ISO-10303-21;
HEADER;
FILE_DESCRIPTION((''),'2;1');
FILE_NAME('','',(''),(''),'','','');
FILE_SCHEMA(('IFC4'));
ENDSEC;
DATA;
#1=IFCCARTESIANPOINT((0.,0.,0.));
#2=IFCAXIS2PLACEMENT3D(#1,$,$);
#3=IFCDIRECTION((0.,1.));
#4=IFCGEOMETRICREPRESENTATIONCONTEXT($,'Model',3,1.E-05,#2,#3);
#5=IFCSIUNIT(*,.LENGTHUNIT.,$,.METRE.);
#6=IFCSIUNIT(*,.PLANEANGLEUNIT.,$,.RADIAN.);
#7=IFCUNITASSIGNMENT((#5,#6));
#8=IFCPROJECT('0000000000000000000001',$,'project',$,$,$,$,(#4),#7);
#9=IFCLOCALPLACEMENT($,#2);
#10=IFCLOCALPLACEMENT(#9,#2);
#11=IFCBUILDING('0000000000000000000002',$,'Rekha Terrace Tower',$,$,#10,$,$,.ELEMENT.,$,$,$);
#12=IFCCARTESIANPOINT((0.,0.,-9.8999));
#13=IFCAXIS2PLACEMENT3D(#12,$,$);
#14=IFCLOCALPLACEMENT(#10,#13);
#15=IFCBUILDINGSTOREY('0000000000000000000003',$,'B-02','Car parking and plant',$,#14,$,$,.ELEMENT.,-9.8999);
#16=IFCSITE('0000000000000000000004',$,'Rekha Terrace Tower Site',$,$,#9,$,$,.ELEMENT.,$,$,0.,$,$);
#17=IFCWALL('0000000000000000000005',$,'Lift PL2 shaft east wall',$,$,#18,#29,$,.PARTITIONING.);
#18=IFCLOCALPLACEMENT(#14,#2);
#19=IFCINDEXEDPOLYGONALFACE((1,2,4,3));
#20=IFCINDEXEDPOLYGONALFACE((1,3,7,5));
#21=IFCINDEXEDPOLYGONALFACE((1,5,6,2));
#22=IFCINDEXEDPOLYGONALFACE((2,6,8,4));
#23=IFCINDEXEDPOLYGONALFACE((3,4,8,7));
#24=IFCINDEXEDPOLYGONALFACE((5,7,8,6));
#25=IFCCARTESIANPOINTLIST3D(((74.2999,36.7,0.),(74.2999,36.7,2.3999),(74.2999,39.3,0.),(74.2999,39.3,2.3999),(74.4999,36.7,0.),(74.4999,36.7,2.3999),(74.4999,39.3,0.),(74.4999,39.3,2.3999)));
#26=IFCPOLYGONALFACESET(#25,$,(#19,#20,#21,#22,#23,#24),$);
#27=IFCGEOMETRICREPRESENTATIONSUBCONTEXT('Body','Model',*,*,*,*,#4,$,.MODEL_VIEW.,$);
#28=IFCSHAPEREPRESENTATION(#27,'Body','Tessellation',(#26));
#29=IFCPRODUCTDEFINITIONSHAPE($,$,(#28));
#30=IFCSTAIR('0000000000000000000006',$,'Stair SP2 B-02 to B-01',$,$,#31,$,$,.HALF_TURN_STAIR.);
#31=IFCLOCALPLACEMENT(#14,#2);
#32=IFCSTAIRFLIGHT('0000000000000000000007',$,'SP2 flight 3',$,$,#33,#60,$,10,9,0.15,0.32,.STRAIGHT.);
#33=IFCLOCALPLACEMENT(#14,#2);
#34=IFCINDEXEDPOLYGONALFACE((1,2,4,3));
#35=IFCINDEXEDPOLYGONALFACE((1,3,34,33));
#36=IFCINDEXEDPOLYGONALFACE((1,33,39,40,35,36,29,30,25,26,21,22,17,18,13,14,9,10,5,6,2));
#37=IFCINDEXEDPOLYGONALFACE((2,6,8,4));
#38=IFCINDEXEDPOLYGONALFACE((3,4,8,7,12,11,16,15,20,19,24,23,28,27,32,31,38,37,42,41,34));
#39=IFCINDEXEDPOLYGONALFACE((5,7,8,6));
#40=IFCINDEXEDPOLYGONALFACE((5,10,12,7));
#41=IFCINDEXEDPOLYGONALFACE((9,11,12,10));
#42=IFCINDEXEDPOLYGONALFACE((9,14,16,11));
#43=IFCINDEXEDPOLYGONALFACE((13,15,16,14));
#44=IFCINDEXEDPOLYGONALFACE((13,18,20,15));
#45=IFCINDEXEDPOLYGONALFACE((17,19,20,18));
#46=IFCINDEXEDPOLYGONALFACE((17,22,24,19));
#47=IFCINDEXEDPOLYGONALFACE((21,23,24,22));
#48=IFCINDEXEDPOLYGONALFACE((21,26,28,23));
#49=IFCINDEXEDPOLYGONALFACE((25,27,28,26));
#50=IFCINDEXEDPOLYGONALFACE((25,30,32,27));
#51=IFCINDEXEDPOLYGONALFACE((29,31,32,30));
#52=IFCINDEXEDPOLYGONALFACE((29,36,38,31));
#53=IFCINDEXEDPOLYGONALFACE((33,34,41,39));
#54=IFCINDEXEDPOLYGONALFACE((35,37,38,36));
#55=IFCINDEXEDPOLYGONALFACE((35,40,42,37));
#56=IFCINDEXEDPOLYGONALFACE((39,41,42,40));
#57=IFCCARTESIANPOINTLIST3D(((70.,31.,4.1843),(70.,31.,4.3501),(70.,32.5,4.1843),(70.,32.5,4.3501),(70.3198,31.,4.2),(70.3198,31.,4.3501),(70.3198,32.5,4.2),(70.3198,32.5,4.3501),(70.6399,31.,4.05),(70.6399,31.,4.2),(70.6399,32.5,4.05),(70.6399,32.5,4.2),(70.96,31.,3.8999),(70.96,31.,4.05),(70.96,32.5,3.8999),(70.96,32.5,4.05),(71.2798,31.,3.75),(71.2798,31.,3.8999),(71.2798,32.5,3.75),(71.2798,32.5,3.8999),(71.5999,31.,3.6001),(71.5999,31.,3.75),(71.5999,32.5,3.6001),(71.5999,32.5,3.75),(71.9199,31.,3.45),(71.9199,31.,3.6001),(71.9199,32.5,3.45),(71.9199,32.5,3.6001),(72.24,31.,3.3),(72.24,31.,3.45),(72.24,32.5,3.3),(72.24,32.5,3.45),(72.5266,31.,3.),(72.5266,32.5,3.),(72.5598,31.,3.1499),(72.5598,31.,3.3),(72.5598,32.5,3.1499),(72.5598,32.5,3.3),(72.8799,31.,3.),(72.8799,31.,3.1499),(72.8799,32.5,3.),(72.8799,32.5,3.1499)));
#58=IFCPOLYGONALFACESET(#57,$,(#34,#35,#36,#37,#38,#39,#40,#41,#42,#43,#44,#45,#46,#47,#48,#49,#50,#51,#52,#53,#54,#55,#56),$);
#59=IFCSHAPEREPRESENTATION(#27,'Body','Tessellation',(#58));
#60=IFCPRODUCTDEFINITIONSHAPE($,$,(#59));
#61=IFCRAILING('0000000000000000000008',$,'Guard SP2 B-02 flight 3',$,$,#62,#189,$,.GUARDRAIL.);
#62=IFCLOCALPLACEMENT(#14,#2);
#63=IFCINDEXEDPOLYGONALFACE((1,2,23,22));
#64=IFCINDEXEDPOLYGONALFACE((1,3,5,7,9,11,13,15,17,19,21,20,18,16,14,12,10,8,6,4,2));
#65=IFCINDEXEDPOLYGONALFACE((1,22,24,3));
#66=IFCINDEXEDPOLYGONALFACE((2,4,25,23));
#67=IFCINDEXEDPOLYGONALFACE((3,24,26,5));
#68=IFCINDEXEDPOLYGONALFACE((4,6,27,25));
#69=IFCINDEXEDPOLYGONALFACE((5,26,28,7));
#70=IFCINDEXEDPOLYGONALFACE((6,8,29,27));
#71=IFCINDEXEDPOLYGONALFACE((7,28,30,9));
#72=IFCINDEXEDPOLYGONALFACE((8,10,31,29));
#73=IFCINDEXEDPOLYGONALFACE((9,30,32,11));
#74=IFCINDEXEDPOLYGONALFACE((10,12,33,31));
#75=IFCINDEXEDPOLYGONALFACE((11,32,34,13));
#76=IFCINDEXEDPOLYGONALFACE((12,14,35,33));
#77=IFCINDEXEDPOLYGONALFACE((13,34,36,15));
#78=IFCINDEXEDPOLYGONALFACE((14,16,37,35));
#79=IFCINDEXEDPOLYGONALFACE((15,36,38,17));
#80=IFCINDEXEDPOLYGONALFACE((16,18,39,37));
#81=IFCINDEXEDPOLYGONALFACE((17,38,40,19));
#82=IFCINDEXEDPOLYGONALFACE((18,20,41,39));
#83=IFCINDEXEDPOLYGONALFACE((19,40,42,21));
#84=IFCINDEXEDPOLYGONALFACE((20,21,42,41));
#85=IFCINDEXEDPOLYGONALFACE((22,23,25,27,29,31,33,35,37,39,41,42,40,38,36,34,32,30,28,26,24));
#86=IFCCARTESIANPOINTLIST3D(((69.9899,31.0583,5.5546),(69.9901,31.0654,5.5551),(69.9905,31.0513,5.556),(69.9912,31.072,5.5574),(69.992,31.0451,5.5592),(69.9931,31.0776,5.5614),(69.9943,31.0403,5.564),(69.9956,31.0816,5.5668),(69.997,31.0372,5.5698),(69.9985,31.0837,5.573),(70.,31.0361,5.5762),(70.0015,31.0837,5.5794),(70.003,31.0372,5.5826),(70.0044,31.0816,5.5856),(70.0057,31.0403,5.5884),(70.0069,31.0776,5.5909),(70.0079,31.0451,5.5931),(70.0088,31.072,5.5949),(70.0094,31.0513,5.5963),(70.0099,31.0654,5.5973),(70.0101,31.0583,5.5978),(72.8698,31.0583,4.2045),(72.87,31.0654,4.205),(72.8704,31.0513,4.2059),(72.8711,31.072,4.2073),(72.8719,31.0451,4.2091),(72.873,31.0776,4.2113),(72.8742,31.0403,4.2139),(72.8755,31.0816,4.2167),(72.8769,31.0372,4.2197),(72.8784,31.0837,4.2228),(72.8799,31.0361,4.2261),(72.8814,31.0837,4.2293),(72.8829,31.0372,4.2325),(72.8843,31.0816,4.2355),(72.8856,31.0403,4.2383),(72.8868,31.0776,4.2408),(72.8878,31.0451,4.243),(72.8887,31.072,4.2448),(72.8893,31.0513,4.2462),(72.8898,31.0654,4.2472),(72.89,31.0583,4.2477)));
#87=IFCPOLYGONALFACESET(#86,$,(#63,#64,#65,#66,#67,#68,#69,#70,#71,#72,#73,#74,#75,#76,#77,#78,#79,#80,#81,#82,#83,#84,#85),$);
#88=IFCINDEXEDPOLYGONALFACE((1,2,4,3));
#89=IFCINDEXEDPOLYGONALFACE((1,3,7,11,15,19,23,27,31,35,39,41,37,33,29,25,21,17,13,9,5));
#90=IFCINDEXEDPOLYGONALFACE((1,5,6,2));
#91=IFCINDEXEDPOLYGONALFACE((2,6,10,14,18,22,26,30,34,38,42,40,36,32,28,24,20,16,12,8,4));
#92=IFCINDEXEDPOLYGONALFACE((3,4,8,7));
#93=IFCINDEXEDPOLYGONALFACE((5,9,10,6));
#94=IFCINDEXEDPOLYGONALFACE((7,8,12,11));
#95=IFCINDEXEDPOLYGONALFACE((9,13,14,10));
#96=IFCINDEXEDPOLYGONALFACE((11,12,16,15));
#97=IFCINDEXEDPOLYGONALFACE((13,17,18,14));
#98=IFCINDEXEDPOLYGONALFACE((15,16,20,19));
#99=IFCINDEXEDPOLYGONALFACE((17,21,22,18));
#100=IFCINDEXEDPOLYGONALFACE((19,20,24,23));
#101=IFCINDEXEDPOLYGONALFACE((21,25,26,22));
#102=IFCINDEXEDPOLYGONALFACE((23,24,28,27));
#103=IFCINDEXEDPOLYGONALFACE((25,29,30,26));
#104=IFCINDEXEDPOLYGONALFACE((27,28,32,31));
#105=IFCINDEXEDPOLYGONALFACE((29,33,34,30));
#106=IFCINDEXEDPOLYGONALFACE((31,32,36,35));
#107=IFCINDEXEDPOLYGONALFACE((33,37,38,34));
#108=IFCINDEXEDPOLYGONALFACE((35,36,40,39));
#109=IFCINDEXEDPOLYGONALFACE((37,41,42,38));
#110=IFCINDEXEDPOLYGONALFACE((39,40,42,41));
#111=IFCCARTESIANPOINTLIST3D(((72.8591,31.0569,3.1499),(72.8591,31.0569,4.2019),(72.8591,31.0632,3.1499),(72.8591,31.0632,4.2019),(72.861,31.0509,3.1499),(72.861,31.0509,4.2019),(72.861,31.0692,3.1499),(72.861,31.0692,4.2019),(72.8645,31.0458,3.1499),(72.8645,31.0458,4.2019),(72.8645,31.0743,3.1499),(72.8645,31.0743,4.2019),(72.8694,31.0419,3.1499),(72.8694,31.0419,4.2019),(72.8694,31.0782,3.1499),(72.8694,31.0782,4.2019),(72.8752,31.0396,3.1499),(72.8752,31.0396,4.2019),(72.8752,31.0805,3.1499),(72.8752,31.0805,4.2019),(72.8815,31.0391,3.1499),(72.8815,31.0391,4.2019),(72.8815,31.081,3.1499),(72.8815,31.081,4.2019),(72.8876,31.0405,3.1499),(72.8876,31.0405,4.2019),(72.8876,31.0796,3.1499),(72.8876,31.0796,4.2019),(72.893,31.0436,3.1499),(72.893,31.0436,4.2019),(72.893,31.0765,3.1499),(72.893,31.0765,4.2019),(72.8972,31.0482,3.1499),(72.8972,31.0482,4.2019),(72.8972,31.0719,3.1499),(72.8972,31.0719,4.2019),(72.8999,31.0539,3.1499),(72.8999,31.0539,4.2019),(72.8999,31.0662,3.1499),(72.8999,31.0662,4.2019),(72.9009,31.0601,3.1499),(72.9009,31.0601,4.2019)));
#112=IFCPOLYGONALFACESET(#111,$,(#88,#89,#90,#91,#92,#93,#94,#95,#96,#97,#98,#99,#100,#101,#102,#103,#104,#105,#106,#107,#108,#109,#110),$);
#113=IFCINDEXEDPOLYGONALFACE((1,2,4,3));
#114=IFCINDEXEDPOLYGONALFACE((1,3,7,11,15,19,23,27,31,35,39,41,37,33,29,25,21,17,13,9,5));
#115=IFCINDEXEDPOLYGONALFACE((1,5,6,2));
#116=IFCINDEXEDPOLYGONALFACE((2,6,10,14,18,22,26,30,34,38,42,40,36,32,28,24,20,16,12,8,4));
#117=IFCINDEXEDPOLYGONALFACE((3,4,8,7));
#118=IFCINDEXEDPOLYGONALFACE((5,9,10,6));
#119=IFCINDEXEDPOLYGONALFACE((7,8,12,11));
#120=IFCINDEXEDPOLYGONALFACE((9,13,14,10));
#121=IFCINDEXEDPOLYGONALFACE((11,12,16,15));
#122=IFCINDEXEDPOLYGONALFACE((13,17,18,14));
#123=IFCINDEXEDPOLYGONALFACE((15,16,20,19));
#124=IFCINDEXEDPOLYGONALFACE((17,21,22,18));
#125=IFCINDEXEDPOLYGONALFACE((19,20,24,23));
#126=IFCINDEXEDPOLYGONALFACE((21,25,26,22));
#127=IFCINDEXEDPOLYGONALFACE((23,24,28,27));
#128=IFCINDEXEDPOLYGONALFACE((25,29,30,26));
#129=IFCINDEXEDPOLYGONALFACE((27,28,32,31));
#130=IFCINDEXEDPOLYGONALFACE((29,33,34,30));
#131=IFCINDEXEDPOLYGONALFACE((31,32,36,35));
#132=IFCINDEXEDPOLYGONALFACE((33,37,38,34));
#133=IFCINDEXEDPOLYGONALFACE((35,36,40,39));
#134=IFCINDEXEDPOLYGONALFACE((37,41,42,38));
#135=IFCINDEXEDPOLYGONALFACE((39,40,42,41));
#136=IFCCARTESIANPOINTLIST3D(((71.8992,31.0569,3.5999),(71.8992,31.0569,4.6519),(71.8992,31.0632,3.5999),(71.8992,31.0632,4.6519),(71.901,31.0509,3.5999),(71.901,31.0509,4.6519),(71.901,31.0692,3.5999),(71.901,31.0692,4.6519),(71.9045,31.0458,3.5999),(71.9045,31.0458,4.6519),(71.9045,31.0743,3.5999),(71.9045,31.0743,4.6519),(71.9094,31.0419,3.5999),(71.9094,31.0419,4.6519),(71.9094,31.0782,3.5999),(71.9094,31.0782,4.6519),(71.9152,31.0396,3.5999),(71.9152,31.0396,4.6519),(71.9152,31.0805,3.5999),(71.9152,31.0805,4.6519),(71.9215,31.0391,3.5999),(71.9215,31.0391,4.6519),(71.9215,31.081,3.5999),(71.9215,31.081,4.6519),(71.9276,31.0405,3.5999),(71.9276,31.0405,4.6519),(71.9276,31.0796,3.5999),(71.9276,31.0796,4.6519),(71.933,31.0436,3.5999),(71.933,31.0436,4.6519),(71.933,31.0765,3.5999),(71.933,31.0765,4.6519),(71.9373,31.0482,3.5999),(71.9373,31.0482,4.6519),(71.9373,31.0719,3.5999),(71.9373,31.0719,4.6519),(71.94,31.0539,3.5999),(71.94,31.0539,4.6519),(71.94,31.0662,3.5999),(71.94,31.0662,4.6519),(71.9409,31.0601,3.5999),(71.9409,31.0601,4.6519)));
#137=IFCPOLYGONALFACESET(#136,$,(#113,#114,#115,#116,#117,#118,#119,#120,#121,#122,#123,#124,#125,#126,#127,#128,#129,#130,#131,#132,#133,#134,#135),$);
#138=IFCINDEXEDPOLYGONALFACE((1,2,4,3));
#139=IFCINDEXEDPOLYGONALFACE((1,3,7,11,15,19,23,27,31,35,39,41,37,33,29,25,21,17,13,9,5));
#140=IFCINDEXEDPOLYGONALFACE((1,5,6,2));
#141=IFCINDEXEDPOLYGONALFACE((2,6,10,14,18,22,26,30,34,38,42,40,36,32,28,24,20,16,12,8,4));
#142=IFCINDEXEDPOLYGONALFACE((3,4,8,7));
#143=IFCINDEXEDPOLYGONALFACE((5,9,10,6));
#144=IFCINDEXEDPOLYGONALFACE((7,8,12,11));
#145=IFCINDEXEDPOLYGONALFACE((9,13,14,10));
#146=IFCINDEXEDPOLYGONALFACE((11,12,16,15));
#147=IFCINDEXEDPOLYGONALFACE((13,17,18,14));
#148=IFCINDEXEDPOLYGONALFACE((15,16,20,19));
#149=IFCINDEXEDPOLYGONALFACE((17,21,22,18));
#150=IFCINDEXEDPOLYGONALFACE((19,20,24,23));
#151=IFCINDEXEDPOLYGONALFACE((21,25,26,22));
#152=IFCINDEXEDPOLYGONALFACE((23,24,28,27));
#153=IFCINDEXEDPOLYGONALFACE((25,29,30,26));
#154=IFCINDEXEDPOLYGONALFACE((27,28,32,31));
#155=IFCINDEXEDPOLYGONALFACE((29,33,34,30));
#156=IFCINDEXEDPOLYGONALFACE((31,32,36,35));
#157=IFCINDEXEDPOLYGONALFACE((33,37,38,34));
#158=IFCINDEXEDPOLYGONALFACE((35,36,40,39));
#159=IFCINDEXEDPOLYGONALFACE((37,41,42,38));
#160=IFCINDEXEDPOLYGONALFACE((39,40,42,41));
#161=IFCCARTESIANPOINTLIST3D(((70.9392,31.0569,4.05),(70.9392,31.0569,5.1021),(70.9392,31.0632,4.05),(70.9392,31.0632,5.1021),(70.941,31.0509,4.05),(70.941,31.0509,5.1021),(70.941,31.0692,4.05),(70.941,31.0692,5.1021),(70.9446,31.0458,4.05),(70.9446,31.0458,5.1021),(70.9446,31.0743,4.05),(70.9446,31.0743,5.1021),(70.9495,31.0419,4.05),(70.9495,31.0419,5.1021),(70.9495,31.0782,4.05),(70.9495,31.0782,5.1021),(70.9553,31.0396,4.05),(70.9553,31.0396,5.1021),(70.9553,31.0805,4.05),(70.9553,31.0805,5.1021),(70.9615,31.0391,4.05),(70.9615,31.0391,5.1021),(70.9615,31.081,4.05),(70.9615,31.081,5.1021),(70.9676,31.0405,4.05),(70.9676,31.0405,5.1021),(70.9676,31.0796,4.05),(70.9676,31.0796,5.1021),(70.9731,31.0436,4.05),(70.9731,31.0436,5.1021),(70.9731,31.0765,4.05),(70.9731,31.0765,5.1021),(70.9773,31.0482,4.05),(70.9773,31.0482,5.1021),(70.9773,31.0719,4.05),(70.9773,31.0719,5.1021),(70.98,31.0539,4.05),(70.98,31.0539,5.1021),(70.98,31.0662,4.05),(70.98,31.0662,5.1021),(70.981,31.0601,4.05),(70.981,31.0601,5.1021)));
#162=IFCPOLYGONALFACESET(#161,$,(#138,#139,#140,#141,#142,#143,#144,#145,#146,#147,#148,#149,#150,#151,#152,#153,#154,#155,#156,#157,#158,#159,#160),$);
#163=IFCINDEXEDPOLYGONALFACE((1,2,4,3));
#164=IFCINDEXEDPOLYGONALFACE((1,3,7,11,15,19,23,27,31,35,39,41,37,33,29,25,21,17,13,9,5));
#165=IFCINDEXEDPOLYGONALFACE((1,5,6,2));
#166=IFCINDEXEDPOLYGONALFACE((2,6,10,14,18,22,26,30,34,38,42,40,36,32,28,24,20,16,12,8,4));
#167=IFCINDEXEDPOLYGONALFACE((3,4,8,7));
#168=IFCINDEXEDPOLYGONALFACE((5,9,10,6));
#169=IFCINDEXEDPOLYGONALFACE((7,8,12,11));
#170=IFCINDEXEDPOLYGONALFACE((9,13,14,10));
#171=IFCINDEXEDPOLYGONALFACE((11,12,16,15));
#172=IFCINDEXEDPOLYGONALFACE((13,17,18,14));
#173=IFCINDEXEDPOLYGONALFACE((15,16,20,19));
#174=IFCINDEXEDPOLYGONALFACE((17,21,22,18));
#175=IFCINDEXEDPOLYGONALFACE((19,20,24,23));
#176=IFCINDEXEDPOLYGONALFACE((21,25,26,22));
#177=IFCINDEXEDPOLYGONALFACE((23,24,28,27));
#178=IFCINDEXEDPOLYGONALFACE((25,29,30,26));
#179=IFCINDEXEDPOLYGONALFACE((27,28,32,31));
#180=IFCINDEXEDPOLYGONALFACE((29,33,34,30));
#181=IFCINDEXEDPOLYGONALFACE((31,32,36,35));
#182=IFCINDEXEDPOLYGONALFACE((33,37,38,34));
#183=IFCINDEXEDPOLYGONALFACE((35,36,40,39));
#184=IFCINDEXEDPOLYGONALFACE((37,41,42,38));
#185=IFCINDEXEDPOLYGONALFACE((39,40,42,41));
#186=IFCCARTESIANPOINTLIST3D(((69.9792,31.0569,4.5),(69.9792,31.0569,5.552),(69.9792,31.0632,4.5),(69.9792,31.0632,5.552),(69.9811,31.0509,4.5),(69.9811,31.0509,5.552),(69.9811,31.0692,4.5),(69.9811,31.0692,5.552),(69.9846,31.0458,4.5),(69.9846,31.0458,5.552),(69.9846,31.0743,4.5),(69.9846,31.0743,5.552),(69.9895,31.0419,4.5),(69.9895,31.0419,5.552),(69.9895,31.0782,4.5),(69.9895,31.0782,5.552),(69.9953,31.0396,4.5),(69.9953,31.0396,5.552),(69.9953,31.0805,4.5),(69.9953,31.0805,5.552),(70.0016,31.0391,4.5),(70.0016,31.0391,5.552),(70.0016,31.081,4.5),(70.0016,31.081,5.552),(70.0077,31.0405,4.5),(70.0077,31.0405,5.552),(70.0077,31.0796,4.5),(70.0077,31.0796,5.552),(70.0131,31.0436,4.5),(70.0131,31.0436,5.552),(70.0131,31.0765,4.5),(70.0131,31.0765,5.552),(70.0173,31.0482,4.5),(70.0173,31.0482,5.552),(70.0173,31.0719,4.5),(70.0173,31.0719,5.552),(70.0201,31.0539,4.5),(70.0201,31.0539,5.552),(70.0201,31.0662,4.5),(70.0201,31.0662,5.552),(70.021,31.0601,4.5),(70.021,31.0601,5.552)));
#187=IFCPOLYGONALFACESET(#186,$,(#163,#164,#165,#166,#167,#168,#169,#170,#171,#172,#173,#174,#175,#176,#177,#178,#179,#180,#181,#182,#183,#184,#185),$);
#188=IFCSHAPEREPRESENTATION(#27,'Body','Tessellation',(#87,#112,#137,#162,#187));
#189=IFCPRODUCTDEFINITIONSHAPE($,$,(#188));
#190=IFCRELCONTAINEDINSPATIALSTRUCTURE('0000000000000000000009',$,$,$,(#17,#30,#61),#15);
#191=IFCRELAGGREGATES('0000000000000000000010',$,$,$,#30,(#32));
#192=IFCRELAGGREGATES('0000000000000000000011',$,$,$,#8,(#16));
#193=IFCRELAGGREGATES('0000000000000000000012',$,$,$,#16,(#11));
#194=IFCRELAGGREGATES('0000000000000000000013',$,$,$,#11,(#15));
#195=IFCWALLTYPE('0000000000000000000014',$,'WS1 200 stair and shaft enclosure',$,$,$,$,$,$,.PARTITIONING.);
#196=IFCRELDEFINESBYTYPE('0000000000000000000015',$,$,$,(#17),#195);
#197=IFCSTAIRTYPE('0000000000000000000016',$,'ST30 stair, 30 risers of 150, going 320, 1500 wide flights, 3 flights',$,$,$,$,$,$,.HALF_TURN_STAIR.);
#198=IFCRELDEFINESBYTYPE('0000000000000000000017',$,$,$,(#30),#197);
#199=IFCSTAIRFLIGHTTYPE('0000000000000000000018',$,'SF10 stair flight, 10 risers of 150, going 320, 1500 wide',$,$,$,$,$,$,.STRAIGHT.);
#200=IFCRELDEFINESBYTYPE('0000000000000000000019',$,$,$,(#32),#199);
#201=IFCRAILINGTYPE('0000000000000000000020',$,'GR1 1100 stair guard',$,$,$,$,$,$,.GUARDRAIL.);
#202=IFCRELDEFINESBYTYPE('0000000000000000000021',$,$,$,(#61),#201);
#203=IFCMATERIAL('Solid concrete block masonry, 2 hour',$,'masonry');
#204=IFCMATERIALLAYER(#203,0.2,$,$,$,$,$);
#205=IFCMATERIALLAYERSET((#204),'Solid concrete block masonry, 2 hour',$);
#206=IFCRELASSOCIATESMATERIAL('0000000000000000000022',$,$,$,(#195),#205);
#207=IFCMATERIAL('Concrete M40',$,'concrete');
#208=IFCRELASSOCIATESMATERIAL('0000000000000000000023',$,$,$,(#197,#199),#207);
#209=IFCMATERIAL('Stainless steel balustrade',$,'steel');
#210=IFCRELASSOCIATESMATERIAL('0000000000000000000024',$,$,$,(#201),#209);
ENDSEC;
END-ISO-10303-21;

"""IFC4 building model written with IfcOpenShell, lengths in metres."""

from ifc_helpers import new_model, si_unit, direction, frame, frame_2d, origin, origin_2d, place, context, subcontext, project, spatial, polyline, rectangle, circle, outline, extrude, material, layer, layer_set, type_object, element, aggregate, save


model = new_model("IFC4")

# Units and contexts
model_context = context("Model", 3, precision=1e-05, world=origin(), true_north=direction((0.0, 1.0)))
body_context = subcontext(model_context, "Body", "Model", "MODEL_VIEW")
ifc_project = project(units=[si_unit("LENGTHUNIT", "METRE"), si_unit("PLANEANGLEUNIT", "RADIAN")], contexts=[model_context])

# Site, building, storey
site_placement = place(None, origin())
site = spatial("IfcSite", under=ifc_project, at=site_placement, Name="Rekha Terrace Tower Site", CompositionType="ELEMENT", RefElevation=0.0)
building_placement = place(site_placement, origin())
building = spatial("IfcBuilding", under=site, at=building_placement, Name="Rekha Terrace Tower", CompositionType="ELEMENT")
storey_placement = place(building_placement, frame((0.0, 0.0, -9.8999)))
storey = spatial("IfcBuildingStorey", under=building, at=storey_placement, Name="B-02", Description="Car parking and plant", CompositionType="ELEMENT", Elevation=-9.8999)

# Shared definitions
ifc_material_1 = material(Name="Concrete M40", Category="concrete")

# Shared definitions
ifc_material_2 = material(Name="Solid concrete block masonry, 2 hour", Category="masonry")

# Shared definitions
ifc_layer_1 = layer(ifc_material_2, 0.2)
ifc_layer_set_1 = layer_set([ifc_layer_1], Name="Solid concrete block masonry, 2 hour")
wall_type_1 = type_object("IfcWallType", Name="WS1 200 stair and shaft enclosure", PredefinedType="PARTITIONING", material=ifc_layer_set_1)

# Wall
wall_1_placement = place(storey_placement, frame((74.3999, 36.7, 0.0), z_axis=(0.0, 0.0, 1.0), x_axis=(0.0, 1.0, 0.0)))
element("IfcWall", 1, at=wall_1_placement, inside=storey, type_object=wall_type_1, Name="Lift PL2 shaft east wall", PredefinedType="PARTITIONING", context=body_context, shape_type="SweptSolid", body=[
    extrude(rectangle(XDim=2.6001, YDim=0.2, at=frame_2d((1.3, 0.0))), origin(), (0.0, 0.0, 1.0), 2.3999),
])

# Stair, stair flight
stair_type = type_object("IfcStairType", Name="ST30 stair, 30 risers of 150, going 320, 1500 wide flights, 3 flights", PredefinedType="HALF_TURN_STAIR", material=ifc_material_1)
stair_placement = place(storey_placement, origin())
stair = element("IfcStair", 2, at=stair_placement, inside=storey, type_object=stair_type, Name="Stair SP2 B-02 to B-01", PredefinedType="HALF_TURN_STAIR")
stair_flight_type = type_object("IfcStairFlightType", Name="SF10 stair flight, 10 risers of 150, going 320, 1500 wide", PredefinedType="STRAIGHT", material=ifc_material_1)
stair_flight_placement = place(storey_placement, frame((72.8799, 31.75, 3.0), z_axis=(0.0, 0.0, 1.0), x_axis=(-1.0, 0.0, 0.0)))
stair_flight = element("IfcStairFlight", 3, at=stair_flight_placement, type_object=stair_flight_type, Name="SP2 flight 3", NumberOfRisers=10, NumberOfTreads=9, PredefinedType="STRAIGHT", RiserHeight=0.15, TreadLength=0.32, context=body_context, shape_type="SweptSolid", body=[
    extrude(outline(polyline([(0.0, 0.0), (0.0, 0.1499), (0.3201, 0.1499), (0.3201, 0.3), (0.6399, 0.3), (0.6399, 0.45), (0.96, 0.45), (0.96, 0.6001), (1.28, 0.6001), (1.28, 0.75), (1.6001, 0.75), (1.6001, 0.8999), (1.9199, 0.8999), (1.9199, 1.05), (2.24, 1.05), (2.24, 1.2), (2.5601, 1.2), (2.5601, 1.3501), (2.8799, 1.3501), (2.8799, 1.5), (2.8799, 1.1843), (0.3533, 0.0), (0.0, 0.0)])), frame((0.0, 0.75, 0.0), z_axis=(0.0, -1.0, 0.0), x_axis=(1.0, 0.0, 0.0)), (0.0, 0.0, 1.0), 1.5),
])
aggregate(stair, [stair_flight])

# Railing
ifc_material_3 = material(Name="Stainless steel balustrade", Category="steel")
railing_type_1 = type_object("IfcRailingType", Name="GR1 1100 stair guard", PredefinedType="GUARDRAIL", material=ifc_material_3)
railing_1_placement = place(storey_placement, frame((72.8799, 31.0601, 3.1499)))
element("IfcRailing", 4, at=railing_1_placement, inside=storey, type_object=railing_type_1, Name="Guard SP2 B-02 flight 3", PredefinedType="GUARDRAIL", context=body_context, shape_type="SweptSolid", body=[
    extrude(circle(Radius=0.0239, at=origin_2d()), frame((0.0, 0.0, 1.0762), z_axis=(-0.90544, 0.0, 0.424473), x_axis=(0.0, -1.0, 0.0)), (0.0, 0.0, 1.0), 3.1807),
    extrude(circle(Radius=0.021, at=origin_2d()), origin(), (0.0, 0.0, 1.0), 1.052),
    extrude(circle(Radius=0.021, at=origin_2d()), frame((-0.96, 0.0, 0.45)), (0.0, 0.0, 1.0), 1.052),
    extrude(circle(Radius=0.021, at=origin_2d()), frame((-1.9199, 0.0, 0.9001)), (0.0, 0.0, 1.0), 1.052),
    extrude(circle(Radius=0.021, at=origin_2d()), frame((-2.8799, 0.0, 1.3501)), (0.0, 0.0, 1.0), 1.052),
])

save(model, "model.ifc")
